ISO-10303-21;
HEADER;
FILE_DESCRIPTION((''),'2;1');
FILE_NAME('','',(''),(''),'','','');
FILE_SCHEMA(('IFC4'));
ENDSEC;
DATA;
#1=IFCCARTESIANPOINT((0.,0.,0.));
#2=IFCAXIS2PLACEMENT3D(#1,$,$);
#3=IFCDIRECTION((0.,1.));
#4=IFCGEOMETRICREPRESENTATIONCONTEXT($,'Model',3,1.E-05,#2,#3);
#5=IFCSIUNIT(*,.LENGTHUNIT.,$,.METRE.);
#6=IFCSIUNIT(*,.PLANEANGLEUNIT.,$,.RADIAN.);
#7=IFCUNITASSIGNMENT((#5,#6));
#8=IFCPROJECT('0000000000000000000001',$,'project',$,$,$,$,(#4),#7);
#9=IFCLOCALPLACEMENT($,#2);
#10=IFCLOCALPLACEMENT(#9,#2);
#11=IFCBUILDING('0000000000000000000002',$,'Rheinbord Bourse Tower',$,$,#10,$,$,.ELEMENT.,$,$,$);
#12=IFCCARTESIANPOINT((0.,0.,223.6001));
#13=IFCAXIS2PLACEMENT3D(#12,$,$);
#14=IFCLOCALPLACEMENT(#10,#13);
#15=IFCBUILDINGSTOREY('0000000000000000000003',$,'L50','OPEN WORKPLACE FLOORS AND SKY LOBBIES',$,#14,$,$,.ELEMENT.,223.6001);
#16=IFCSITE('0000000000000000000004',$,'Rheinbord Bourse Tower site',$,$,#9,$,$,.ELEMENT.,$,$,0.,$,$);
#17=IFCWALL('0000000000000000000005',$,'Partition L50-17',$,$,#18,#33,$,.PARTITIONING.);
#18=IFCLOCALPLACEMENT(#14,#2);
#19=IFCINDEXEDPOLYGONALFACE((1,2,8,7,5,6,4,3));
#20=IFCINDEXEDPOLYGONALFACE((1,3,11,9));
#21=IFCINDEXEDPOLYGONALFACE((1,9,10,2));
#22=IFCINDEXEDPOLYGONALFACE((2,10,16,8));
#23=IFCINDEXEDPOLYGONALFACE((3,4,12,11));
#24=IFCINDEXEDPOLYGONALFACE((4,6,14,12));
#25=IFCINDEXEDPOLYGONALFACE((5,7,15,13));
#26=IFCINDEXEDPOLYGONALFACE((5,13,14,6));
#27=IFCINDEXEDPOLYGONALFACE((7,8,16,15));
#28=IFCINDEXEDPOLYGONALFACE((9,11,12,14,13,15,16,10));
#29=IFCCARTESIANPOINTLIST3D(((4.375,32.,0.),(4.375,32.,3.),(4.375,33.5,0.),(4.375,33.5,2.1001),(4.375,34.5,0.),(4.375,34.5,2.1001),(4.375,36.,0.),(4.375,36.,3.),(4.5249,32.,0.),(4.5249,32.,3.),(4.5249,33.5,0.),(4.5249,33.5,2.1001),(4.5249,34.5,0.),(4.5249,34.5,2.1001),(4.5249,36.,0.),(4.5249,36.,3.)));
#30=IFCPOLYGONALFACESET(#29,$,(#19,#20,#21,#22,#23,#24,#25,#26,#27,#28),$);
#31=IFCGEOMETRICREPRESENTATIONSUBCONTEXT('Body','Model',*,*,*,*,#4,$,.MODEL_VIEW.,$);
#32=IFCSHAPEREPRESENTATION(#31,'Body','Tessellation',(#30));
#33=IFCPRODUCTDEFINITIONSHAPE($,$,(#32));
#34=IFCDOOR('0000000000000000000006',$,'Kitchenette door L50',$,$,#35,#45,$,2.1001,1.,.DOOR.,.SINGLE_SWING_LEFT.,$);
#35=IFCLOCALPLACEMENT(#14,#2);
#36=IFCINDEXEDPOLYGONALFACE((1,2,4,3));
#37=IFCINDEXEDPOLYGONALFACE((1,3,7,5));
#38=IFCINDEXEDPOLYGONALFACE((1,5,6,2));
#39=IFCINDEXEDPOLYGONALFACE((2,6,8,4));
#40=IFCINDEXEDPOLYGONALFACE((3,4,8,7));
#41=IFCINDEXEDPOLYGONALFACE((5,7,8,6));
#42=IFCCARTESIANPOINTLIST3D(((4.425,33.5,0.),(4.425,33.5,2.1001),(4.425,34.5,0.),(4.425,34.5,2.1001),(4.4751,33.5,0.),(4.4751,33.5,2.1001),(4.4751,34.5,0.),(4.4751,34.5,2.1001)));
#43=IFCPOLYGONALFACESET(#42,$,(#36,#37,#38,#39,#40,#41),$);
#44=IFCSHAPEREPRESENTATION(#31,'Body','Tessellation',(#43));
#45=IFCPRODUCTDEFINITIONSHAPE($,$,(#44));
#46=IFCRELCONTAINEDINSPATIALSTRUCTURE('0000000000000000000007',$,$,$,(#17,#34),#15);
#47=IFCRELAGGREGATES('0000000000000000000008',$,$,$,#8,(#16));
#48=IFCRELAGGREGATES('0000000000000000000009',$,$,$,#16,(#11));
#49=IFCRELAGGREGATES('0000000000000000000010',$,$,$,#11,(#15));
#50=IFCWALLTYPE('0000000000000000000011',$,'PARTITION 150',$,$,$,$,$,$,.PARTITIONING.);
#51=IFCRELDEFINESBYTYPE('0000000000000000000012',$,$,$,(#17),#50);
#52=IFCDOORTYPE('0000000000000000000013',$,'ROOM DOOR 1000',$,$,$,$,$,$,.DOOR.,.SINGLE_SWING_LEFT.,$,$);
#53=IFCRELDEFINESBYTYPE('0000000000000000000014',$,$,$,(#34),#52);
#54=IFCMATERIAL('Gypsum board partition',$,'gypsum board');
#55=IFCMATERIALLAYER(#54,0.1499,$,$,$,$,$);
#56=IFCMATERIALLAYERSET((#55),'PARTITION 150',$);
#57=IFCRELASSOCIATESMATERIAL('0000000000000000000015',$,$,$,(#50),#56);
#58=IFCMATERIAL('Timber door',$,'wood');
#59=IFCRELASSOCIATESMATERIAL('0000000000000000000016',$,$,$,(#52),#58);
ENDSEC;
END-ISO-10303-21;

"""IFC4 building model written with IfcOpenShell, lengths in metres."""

from ifc_helpers import new_model, si_unit, direction, frame, frame_2d, origin, place, context, subcontext, project, spatial, rectangle, extrude, material, layer, layer_set, type_object, element, fill, save


model = new_model("IFC4")

# Units and contexts
model_context = context("Model", 3, precision=1e-05, world=origin(), true_north=direction((0.0, 1.0)))
body_context = subcontext(model_context, "Body", "Model", "MODEL_VIEW")
ifc_project = project(units=[si_unit("LENGTHUNIT", "METRE"), si_unit("PLANEANGLEUNIT", "RADIAN")], contexts=[model_context])

# Site, building, storey
site_placement = place(None, origin())
site = spatial("IfcSite", under=ifc_project, at=site_placement, Name="Rheinbord Bourse Tower site", CompositionType="ELEMENT", RefElevation=0.0)
building_placement = place(site_placement, origin())
building = spatial("IfcBuilding", under=site, at=building_placement, Name="Rheinbord Bourse Tower", CompositionType="ELEMENT")
storey_placement = place(building_placement, frame((0.0, 0.0, 223.6001)))
storey = spatial("IfcBuildingStorey", under=building, at=storey_placement, Name="L50", Description="OPEN WORKPLACE FLOORS AND SKY LOBBIES", CompositionType="ELEMENT", Elevation=223.6001)

# Shared definitions
ifc_material_1 = material(Name="Gypsum board partition", Category="gypsum board")
ifc_layer = layer(ifc_material_1, 0.1499)
ifc_layer_set = layer_set([ifc_layer], Name="PARTITION 150")
wall_type = type_object("IfcWallType", Name="PARTITION 150", PredefinedType="PARTITIONING", material=ifc_layer_set)

# Shared definitions
ifc_material_2 = material(Name="Timber door", Category="wood")
door_type = type_object("IfcDoorType", Name="ROOM DOOR 1000", OperationType="SINGLE_SWING_LEFT", PredefinedType="DOOR", material=ifc_material_2)

# Wall, opening, door
wall_1_placement = place(storey_placement, frame((4.45, 32.0, 0.0), z_axis=(0.0, 0.0, 1.0), x_axis=(0.0, 1.0, 0.0)))
wall_1 = element("IfcWall", 1, at=wall_1_placement, inside=storey, type_object=wall_type, Name="Partition L50-17", PredefinedType="PARTITIONING", context=body_context, shape_type="SweptSolid", body=[
    extrude(rectangle(XDim=4.0, YDim=0.1499, at=frame_2d((2.0, 0.0))), origin(), (0.0, 0.0, 1.0), 3.0),
])
opening_1_placement = place(wall_1_placement, frame((1.5, 0.0, 0.0)))
opening_1 = element("IfcOpeningElement", 2, at=opening_1_placement, cuts=wall_1, PredefinedType="OPENING", context=body_context, shape_type="SweptSolid", body=[
    extrude(rectangle(XDim=1.0, YDim=2.1001, at=frame_2d((0.5, 1.05))), frame((0.0, 0.085, 0.0), z_axis=(0.0, -1.0, 0.0), x_axis=(1.0, 0.0, 0.0)), (0.0, 0.0, 1.0), 0.1699),
])
door_1_placement = place(opening_1_placement, origin())
door_1 = element("IfcDoor", 3, at=door_1_placement, inside=storey, type_object=door_type, Name="Kitchenette door L50", OperationType="SINGLE_SWING_LEFT", OverallHeight=2.1001, OverallWidth=1.0, PredefinedType="DOOR", context=body_context, shape_type="SweptSolid", body=[
    extrude(rectangle(XDim=1.0, YDim=2.1001, at=frame_2d((0.5, 1.05))), frame((0.0, 0.0249, 0.0), z_axis=(0.0, -1.0, 0.0), x_axis=(1.0, 0.0, 0.0)), (0.0, 0.0, 1.0), 0.05),
])
fill(opening_1, door_1)

save(model, "model.ifc")
